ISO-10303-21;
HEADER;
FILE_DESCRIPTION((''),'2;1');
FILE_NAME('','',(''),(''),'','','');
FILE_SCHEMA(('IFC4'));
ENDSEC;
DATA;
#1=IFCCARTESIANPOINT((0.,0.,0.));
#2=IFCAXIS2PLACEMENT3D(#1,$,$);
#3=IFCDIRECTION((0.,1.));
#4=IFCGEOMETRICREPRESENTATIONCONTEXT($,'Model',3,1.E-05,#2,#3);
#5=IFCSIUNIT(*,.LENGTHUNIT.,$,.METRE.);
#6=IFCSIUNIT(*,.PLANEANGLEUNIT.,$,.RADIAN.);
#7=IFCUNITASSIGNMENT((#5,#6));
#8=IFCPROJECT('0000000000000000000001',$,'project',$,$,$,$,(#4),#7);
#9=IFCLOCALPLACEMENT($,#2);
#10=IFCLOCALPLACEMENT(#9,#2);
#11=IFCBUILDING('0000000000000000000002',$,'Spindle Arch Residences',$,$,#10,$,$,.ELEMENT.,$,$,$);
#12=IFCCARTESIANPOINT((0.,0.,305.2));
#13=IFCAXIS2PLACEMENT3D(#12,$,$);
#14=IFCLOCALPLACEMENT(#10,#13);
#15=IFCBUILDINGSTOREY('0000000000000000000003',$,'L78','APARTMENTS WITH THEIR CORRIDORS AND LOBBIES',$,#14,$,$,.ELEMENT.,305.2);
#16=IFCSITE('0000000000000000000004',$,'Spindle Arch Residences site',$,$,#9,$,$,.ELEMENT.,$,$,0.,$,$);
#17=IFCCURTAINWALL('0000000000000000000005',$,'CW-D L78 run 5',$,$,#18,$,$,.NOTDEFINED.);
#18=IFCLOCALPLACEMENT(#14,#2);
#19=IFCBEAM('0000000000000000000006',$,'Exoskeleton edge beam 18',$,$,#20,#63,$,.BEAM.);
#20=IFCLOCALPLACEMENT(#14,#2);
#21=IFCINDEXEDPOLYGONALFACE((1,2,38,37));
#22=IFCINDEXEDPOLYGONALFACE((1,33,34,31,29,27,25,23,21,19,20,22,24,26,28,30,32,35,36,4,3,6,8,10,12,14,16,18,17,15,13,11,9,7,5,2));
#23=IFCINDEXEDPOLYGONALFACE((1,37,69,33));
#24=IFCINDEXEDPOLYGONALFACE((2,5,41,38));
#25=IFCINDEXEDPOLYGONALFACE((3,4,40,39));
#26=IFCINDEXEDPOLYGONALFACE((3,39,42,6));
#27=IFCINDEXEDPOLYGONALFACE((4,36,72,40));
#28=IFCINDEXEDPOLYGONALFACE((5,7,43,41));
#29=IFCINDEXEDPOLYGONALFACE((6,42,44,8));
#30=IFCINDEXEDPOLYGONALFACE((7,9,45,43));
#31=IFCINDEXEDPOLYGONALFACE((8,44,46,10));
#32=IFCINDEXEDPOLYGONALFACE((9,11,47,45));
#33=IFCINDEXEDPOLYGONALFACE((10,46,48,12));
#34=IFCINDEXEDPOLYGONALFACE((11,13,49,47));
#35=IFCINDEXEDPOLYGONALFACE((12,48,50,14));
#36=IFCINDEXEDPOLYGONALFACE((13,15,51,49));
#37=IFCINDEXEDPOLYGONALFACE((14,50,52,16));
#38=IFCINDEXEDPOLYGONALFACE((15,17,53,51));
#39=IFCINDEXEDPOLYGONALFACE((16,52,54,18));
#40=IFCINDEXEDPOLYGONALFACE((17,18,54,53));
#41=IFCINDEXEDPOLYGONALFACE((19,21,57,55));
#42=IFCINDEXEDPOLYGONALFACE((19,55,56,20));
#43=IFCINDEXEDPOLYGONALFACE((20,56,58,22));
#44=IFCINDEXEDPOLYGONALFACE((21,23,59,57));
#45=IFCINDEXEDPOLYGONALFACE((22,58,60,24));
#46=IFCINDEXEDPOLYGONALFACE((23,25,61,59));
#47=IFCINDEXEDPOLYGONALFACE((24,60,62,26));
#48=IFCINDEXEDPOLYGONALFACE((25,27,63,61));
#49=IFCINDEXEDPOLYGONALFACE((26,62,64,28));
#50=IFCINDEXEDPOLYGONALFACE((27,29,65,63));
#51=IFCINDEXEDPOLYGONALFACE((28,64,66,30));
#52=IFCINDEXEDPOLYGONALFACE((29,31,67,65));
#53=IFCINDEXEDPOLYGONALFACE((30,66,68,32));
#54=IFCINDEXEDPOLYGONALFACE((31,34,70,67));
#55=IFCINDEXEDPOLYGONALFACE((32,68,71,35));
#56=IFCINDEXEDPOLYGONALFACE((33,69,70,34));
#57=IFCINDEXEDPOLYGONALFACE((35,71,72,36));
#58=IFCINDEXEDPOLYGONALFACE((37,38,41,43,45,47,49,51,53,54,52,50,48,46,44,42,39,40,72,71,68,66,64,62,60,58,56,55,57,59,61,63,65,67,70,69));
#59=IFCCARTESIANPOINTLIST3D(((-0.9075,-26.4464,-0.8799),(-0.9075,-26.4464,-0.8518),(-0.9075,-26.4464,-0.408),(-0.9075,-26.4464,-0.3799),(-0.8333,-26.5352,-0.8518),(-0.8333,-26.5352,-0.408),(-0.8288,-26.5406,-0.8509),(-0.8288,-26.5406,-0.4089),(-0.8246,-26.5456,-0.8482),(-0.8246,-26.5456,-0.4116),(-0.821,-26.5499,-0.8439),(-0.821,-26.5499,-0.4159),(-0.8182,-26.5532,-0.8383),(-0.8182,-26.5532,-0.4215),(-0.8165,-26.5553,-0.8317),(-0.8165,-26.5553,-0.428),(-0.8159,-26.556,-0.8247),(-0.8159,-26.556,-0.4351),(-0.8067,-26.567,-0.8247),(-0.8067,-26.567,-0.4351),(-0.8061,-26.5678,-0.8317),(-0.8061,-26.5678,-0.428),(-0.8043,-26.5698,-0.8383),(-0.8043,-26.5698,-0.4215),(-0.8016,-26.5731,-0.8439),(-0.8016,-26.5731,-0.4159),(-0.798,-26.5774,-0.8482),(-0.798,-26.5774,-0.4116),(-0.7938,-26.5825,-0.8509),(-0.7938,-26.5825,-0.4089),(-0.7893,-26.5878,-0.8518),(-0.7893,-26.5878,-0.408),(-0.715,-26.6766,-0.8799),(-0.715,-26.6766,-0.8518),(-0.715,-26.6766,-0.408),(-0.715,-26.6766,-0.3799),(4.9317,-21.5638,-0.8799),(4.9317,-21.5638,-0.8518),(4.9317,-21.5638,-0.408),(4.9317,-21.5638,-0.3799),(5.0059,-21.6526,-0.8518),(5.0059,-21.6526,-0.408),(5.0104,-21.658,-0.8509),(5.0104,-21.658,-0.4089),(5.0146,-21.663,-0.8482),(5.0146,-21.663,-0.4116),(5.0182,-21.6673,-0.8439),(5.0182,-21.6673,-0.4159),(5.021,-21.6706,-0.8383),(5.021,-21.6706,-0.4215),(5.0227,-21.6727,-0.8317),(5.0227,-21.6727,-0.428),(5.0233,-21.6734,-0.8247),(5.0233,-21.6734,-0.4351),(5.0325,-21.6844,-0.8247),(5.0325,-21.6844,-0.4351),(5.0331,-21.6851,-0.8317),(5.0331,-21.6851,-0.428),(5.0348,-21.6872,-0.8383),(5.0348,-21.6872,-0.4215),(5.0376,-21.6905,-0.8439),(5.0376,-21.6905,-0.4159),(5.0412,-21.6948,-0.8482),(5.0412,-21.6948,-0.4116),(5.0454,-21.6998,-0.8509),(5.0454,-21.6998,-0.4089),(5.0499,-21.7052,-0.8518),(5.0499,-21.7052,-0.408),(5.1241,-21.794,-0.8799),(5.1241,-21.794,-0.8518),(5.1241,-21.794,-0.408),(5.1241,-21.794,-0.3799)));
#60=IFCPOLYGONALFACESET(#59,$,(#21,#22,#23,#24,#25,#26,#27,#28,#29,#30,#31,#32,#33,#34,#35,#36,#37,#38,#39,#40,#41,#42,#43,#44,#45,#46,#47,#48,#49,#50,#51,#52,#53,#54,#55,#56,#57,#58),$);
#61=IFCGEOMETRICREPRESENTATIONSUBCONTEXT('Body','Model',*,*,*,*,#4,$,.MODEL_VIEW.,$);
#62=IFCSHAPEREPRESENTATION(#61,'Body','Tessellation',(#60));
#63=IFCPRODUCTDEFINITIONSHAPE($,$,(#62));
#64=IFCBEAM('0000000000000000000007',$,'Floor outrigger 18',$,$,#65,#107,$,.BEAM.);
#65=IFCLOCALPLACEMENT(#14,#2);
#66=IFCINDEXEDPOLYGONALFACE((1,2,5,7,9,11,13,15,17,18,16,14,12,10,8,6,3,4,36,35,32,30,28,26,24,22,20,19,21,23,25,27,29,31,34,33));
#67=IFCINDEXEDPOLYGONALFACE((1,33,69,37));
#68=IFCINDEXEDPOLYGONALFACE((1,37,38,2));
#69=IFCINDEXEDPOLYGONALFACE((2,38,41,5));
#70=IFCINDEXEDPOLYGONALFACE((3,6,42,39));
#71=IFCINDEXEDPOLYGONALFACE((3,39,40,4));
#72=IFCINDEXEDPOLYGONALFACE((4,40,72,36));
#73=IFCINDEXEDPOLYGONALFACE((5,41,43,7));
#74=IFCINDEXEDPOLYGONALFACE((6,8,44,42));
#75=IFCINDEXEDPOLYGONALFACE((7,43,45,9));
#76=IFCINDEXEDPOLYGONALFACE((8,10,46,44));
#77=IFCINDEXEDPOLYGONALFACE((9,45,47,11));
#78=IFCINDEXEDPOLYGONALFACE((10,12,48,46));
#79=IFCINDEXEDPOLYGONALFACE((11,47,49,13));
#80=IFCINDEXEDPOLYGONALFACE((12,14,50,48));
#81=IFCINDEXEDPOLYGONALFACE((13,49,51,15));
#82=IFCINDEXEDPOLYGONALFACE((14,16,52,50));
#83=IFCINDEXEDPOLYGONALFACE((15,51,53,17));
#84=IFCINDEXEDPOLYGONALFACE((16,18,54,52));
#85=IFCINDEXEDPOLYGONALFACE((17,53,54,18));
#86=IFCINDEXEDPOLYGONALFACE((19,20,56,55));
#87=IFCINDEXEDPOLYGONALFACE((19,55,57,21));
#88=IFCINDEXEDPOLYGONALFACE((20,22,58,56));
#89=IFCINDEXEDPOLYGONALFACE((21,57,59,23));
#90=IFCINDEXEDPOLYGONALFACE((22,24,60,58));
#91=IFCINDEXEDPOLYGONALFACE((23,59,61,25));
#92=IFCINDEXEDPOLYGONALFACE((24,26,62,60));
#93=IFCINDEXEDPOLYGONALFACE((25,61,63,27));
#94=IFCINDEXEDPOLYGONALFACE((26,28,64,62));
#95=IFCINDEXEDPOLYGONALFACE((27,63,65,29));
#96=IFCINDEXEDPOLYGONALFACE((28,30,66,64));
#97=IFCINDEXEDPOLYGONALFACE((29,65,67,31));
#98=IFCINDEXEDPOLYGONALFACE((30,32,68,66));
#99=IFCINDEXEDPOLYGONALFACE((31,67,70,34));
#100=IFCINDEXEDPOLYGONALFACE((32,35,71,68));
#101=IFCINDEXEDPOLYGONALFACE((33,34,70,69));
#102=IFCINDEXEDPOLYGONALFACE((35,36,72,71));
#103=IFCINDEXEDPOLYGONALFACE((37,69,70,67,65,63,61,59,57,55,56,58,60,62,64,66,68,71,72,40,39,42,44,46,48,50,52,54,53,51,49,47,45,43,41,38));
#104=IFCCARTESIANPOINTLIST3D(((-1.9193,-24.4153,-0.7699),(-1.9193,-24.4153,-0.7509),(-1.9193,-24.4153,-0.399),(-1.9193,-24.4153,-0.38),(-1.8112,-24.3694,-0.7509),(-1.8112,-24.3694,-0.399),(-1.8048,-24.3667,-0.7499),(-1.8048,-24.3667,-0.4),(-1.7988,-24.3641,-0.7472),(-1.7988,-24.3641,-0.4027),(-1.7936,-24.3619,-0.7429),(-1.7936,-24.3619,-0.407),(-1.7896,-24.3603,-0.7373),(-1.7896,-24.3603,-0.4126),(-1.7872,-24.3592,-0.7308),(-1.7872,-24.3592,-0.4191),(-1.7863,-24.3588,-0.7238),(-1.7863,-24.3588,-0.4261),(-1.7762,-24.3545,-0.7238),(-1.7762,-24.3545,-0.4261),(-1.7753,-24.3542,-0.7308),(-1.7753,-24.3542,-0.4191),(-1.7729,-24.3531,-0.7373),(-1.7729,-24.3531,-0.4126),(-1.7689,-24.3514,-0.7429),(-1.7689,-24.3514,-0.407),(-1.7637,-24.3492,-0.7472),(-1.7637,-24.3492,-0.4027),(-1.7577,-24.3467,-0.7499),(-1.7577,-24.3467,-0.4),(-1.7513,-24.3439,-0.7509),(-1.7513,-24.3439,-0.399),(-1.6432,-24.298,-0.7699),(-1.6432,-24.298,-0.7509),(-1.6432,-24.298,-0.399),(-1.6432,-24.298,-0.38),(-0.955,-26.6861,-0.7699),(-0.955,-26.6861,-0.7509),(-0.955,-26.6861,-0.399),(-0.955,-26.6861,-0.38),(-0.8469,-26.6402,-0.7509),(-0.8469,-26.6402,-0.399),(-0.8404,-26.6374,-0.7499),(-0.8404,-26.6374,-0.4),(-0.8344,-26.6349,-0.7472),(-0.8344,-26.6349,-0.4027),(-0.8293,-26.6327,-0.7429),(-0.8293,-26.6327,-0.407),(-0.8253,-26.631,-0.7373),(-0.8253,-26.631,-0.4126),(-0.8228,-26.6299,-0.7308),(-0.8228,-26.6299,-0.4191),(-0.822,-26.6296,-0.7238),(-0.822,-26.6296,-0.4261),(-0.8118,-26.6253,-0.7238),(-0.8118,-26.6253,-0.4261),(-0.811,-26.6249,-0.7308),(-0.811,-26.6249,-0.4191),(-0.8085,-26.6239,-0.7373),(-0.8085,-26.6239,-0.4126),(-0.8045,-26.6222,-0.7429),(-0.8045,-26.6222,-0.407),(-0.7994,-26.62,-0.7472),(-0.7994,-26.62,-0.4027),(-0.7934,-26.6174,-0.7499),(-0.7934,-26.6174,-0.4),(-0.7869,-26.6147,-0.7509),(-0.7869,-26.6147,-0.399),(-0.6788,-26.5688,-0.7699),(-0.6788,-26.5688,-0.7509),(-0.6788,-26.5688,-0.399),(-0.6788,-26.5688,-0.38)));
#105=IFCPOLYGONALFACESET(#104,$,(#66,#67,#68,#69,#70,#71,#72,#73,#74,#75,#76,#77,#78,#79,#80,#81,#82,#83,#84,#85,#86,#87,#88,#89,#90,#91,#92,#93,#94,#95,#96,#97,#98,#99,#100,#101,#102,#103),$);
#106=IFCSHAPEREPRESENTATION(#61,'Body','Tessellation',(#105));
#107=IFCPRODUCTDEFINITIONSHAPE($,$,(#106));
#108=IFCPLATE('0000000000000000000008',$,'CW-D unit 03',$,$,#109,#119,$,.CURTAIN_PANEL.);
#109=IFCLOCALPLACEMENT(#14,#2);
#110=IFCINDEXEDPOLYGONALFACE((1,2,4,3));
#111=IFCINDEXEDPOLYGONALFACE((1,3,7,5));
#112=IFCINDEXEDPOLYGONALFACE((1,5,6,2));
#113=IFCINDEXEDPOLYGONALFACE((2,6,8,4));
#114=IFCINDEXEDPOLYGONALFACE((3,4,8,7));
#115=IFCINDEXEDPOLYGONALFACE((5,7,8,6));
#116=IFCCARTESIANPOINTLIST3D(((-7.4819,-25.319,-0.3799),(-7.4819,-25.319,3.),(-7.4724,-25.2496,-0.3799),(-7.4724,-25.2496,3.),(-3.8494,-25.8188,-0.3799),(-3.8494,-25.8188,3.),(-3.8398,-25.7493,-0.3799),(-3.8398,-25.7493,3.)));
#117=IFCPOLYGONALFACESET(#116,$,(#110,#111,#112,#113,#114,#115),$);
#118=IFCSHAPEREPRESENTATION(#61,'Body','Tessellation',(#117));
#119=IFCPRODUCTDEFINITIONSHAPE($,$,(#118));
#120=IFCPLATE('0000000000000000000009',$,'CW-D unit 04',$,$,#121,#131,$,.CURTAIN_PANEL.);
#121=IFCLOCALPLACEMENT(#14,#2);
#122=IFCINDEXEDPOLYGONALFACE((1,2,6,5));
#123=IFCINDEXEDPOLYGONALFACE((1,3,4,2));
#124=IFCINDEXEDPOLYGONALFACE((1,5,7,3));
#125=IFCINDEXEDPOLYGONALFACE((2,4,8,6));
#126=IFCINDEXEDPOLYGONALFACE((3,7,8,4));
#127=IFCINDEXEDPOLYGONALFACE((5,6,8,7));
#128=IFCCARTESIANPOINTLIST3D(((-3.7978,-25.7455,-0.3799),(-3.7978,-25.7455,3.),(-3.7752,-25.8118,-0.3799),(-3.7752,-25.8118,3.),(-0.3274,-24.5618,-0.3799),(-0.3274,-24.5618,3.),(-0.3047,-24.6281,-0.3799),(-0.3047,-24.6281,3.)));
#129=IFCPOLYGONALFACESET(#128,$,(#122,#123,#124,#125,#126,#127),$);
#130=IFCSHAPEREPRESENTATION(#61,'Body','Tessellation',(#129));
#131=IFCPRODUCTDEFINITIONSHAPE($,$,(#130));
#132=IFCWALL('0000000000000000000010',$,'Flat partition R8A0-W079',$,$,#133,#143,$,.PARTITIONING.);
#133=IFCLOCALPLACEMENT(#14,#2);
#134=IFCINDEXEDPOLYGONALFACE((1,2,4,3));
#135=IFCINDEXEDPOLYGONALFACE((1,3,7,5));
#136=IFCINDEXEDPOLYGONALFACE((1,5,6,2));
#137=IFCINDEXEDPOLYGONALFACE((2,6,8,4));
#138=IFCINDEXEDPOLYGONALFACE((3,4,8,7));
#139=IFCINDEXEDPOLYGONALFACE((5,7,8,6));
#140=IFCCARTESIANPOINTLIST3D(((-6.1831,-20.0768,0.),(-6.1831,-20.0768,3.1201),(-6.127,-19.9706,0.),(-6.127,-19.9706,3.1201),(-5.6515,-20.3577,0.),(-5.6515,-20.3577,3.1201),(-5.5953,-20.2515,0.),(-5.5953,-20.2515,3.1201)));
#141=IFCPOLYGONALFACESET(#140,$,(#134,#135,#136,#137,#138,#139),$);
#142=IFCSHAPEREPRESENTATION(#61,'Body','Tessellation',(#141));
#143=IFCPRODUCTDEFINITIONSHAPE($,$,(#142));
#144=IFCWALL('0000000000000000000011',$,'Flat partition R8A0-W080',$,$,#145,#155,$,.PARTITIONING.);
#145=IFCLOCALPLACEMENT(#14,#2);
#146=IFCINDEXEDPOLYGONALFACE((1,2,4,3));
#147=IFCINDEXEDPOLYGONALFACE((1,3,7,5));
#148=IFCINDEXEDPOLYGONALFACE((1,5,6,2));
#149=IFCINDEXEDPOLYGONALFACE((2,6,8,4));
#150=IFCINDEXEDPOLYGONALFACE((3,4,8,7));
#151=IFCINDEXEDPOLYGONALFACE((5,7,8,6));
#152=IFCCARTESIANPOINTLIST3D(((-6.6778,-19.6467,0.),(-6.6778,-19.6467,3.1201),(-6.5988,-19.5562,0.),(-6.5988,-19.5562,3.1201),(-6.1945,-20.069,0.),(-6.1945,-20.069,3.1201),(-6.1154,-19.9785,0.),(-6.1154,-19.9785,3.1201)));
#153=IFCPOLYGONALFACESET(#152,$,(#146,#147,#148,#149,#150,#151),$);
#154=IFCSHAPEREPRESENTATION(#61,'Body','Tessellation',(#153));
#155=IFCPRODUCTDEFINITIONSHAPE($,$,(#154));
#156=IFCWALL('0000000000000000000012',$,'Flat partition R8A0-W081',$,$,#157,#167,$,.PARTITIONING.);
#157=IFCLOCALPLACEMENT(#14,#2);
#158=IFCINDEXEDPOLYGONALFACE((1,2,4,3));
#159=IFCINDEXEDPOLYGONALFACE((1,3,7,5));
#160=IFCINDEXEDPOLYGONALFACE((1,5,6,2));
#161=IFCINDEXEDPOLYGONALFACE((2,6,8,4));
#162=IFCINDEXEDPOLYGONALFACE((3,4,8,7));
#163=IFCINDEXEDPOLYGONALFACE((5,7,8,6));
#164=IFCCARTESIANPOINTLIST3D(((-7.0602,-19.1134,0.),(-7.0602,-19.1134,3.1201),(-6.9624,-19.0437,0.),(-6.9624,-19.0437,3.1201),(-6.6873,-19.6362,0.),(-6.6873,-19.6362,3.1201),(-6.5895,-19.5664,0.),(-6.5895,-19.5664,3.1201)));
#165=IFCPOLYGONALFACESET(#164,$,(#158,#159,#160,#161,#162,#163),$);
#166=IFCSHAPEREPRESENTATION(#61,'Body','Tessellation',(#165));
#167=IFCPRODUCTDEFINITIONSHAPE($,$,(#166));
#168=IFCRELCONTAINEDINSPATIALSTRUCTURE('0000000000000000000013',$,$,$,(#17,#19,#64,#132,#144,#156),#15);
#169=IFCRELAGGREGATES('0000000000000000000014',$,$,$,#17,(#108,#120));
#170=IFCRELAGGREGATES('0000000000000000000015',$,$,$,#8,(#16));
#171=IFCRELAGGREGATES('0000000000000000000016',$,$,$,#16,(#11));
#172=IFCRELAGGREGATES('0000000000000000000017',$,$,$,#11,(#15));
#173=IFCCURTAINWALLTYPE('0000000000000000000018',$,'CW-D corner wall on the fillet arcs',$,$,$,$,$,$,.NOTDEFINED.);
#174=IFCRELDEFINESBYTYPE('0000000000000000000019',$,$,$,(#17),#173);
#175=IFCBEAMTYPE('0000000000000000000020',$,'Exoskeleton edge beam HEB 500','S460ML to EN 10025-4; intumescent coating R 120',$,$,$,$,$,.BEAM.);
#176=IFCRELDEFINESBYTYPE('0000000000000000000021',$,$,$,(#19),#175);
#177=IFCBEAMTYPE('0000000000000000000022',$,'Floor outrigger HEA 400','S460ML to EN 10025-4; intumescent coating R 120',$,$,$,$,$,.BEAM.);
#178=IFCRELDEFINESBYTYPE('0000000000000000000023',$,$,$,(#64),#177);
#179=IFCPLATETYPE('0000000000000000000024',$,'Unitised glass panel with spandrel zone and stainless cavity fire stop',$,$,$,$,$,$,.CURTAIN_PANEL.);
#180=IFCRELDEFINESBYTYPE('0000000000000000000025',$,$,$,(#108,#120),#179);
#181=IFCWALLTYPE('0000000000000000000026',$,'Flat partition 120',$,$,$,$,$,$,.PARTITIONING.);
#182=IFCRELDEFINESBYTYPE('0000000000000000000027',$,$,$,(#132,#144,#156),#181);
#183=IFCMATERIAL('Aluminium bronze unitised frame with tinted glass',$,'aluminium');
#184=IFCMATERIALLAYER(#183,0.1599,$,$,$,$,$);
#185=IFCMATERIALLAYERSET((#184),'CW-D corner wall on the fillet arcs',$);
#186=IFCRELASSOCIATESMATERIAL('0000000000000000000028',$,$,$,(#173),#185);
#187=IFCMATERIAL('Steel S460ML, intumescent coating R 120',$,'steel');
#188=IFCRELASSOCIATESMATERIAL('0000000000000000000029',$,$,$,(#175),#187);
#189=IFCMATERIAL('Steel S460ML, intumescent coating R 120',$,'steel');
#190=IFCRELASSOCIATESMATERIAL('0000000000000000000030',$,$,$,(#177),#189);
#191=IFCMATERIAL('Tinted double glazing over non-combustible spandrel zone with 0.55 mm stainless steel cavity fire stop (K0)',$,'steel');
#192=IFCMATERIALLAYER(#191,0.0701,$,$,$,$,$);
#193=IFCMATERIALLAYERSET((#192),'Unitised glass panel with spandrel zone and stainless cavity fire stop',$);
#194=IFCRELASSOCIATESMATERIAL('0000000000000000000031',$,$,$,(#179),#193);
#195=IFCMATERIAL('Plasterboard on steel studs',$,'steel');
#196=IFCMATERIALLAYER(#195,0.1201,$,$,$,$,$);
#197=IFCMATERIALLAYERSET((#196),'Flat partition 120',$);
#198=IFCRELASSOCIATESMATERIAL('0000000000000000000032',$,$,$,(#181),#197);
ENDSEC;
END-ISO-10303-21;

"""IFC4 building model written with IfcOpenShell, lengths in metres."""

from ifc_helpers import new_model, si_unit, direction, frame, frame_2d, origin, origin_2d, place, context, subcontext, project, spatial, rectangle, i_section, extrude, material, layer, layer_set, material_profile, profile_set, type_object, element, aggregate, save


model = new_model("IFC4")

# Units and contexts
model_context = context("Model", 3, precision=1e-05, world=origin(), true_north=direction((0.0, 1.0)))
body_context = subcontext(model_context, "Body", "Model", "MODEL_VIEW")
ifc_project = project(units=[si_unit("LENGTHUNIT", "METRE"), si_unit("PLANEANGLEUNIT", "RADIAN")], contexts=[model_context])

# Site, building, storey
site_placement = place(None, origin())
site = spatial("IfcSite", under=ifc_project, at=site_placement, Name="Spindle Arch Residences site", CompositionType="ELEMENT", RefElevation=0.0)
building_placement = place(site_placement, origin())
building = spatial("IfcBuilding", under=site, at=building_placement, Name="Spindle Arch Residences", CompositionType="ELEMENT")
storey_placement = place(building_placement, frame((0.0, 0.0, 305.2)))
storey = spatial("IfcBuildingStorey", under=building, at=storey_placement, Name="L78", Description="APARTMENTS WITH THEIR CORRIDORS AND LOBBIES", CompositionType="ELEMENT", Elevation=305.2)

# Curtain wall
ifc_material_1 = material(Name="Aluminium bronze unitised frame with tinted glass", Category="aluminium")
ifc_layer_1 = layer(ifc_material_1, 0.1599)
ifc_layer_set_1 = layer_set([ifc_layer_1], Name="CW-D corner wall on the fillet arcs")
curtain_wall_type = type_object("IfcCurtainWallType", Name="CW-D corner wall on the fillet arcs", PredefinedType="NOTDEFINED", material=ifc_layer_set_1)
curtain_wall_placement = place(storey_placement, origin())
curtain_wall = element("IfcCurtainWall", 1, at=curtain_wall_placement, inside=storey, type_object=curtain_wall_type, Name="CW-D L78 run 5", PredefinedType="NOTDEFINED")

# Beams
ifc_material_2 = material(Name="Steel S460ML, intumescent coating R 120", Category="steel")
ifc_material_profile_1 = material_profile(ifc_material_2, i_section(OverallWidth=0.3, OverallDepth=0.5, WebThickness=0.0144, FlangeThickness=0.0281, FilletRadius=0.0271, at=origin_2d()), Name="HEB 500")
ifc_profile_set_1 = profile_set([ifc_material_profile_1], Name="Steel S460ML, intumescent coating R 120")
beam_type_1 = type_object("IfcBeamType", Name="Exoskeleton edge beam HEB 500", Description="S460ML to EN 10025-4; intumescent coating R 120", PredefinedType="BEAM", material=ifc_profile_set_1)
beam_1_placement = place(storey_placement, frame((-0.8113, -26.5615, -0.6299), z_axis=(0.767145, 0.641474, 0.0), x_axis=(-0.641474, 0.767145, 0.0)))
element("IfcBeam", 2, at=beam_1_placement, inside=storey, type_object=beam_type_1, Name="Exoskeleton edge beam 18", PredefinedType="BEAM", context=body_context, shape_type="SweptSolid", body=[
    extrude(i_section(OverallWidth=0.3, OverallDepth=0.5, WebThickness=0.0144, FlangeThickness=0.0281, FilletRadius=0.0271, at=origin_2d()), origin(), (0.0, 0.0, 1.0), 7.6116),
])
ifc_material_3 = material(Name="Steel S460ML, intumescent coating R 120", Category="steel")
ifc_material_profile_2 = material_profile(ifc_material_3, i_section(OverallWidth=0.3, OverallDepth=0.3899, WebThickness=0.011, FlangeThickness=0.019, FilletRadius=0.0271, at=origin_2d()), Name="HEA 400")
ifc_profile_set_2 = profile_set([ifc_material_profile_2], Name="Steel S460ML, intumescent coating R 120")
beam_type_2 = type_object("IfcBeamType", Name="Floor outrigger HEA 400", Description="S460ML to EN 10025-4; intumescent coating R 120", PredefinedType="BEAM", material=ifc_profile_set_2)
beam_2_placement = place(storey_placement, frame((-0.8169, -26.6274, -0.575), z_axis=(-0.390895, 0.920435, 0.0), x_axis=(-0.920435, -0.390895, 0.0)))
element("IfcBeam", 3, at=beam_2_placement, inside=storey, type_object=beam_type_2, Name="Floor outrigger 18", PredefinedType="BEAM", context=body_context, shape_type="SweptSolid", body=[
    extrude(i_section(OverallWidth=0.3, OverallDepth=0.3899, WebThickness=0.011, FlangeThickness=0.019, FilletRadius=0.0271, at=origin_2d()), origin(), (0.0, 0.0, 1.0), 2.467),
])

# Plates
ifc_material_4 = material(Name="Tinted double glazing over non-combustible spandrel zone with 0.55 mm stainless steel cavity fire stop (K0)", Category="steel")
ifc_layer_2 = layer(ifc_material_4, 0.0701)
ifc_layer_set_2 = layer_set([ifc_layer_2], Name="Unitised glass panel with spandrel zone and stainless cavity fire stop")
plate_type = type_object("IfcPlateType", Name="Unitised glass panel with spandrel zone and stainless cavity fire stop", PredefinedType="CURTAIN_PANEL", material=ifc_layer_set_2)
plate_1_placement = place(storey_placement, frame((-5.6609, -25.5342, -0.3799), z_axis=(0.0, 0.0, 1.0), x_axis=(0.990669, -0.136292, 0.0)))
plate_1 = element("IfcPlate", 4, at=plate_1_placement, type_object=plate_type, Name="CW-D unit 03", PredefinedType="CURTAIN_PANEL", context=body_context, shape_type="SweptSolid", body=[
    extrude(rectangle(XDim=3.6667, YDim=0.0701, at=origin_2d()), origin(), (0.0, 0.0, 1.0), 3.3799),
])
plate_2_placement = place(storey_placement, frame((-2.0513, -25.1868, -0.3799), z_axis=(0.0, 0.0, 1.0), x_axis=(0.946462, 0.322816, 0.0)))
plate_2 = element("IfcPlate", 5, at=plate_2_placement, type_object=plate_type, Name="CW-D unit 04", PredefinedType="CURTAIN_PANEL", context=body_context, shape_type="SweptSolid", body=[
    extrude(rectangle(XDim=3.6667, YDim=0.0701, at=origin_2d()), origin(), (0.0, 0.0, 1.0), 3.3799),
])
aggregate(curtain_wall, [plate_1, plate_2])

# Walls
ifc_material_5 = material(Name="Plasterboard on steel studs", Category="steel")
ifc_layer_3 = layer(ifc_material_5, 0.1201)
ifc_layer_set_3 = layer_set([ifc_layer_3], Name="Flat partition 120")
wall_type_1 = type_object("IfcWallType", Name="Flat partition 120", PredefinedType="PARTITIONING", material=ifc_layer_set_3)
wall_1_placement = place(storey_placement, frame((-5.6233, -20.3047, 0.0), z_axis=(0.0, 0.0, 1.0), x_axis=(-0.884133, 0.467235, 0.0)))
element("IfcWall", 6, at=wall_1_placement, inside=storey, type_object=wall_type_1, Name="Flat partition R8A0-W079", PredefinedType="PARTITIONING", context=body_context, shape_type="SweptSolid", body=[
    extrude(rectangle(XDim=0.6013, YDim=0.1201, at=frame_2d((0.3008, 0.0))), origin(), (0.0, 0.0, 1.0), 3.1201),
])
wall_2_placement = place(storey_placement, frame((-6.155, -20.0237, 0.0), z_axis=(0.0, 0.0, 1.0), x_axis=(-0.753048, 0.657966, 0.0)))
element("IfcWall", 7, at=wall_2_placement, inside=storey, type_object=wall_type_1, Name="Flat partition R8A0-W080", PredefinedType="PARTITIONING", context=body_context, shape_type="SweptSolid", body=[
    extrude(rectangle(XDim=0.6418, YDim=0.1201, at=frame_2d((0.3208, 0.0))), origin(), (0.0, 0.0, 1.0), 3.1201),
])
wall_3_placement = place(storey_placement, frame((-6.6384, -19.6013, 0.0), z_axis=(0.0, 0.0, 1.0), x_axis=(-0.580663, 0.814144, 0.0)))
element("IfcWall", 8, at=wall_3_placement, inside=storey, type_object=wall_type_1, Name="Flat partition R8A0-W081", PredefinedType="PARTITIONING", context=body_context, shape_type="SweptSolid", body=[
    extrude(rectangle(XDim=0.6421, YDim=0.1201, at=frame_2d((0.321, 0.0))), origin(), (0.0, 0.0, 1.0), 3.1201),
])

save(model, "model.ifc")
